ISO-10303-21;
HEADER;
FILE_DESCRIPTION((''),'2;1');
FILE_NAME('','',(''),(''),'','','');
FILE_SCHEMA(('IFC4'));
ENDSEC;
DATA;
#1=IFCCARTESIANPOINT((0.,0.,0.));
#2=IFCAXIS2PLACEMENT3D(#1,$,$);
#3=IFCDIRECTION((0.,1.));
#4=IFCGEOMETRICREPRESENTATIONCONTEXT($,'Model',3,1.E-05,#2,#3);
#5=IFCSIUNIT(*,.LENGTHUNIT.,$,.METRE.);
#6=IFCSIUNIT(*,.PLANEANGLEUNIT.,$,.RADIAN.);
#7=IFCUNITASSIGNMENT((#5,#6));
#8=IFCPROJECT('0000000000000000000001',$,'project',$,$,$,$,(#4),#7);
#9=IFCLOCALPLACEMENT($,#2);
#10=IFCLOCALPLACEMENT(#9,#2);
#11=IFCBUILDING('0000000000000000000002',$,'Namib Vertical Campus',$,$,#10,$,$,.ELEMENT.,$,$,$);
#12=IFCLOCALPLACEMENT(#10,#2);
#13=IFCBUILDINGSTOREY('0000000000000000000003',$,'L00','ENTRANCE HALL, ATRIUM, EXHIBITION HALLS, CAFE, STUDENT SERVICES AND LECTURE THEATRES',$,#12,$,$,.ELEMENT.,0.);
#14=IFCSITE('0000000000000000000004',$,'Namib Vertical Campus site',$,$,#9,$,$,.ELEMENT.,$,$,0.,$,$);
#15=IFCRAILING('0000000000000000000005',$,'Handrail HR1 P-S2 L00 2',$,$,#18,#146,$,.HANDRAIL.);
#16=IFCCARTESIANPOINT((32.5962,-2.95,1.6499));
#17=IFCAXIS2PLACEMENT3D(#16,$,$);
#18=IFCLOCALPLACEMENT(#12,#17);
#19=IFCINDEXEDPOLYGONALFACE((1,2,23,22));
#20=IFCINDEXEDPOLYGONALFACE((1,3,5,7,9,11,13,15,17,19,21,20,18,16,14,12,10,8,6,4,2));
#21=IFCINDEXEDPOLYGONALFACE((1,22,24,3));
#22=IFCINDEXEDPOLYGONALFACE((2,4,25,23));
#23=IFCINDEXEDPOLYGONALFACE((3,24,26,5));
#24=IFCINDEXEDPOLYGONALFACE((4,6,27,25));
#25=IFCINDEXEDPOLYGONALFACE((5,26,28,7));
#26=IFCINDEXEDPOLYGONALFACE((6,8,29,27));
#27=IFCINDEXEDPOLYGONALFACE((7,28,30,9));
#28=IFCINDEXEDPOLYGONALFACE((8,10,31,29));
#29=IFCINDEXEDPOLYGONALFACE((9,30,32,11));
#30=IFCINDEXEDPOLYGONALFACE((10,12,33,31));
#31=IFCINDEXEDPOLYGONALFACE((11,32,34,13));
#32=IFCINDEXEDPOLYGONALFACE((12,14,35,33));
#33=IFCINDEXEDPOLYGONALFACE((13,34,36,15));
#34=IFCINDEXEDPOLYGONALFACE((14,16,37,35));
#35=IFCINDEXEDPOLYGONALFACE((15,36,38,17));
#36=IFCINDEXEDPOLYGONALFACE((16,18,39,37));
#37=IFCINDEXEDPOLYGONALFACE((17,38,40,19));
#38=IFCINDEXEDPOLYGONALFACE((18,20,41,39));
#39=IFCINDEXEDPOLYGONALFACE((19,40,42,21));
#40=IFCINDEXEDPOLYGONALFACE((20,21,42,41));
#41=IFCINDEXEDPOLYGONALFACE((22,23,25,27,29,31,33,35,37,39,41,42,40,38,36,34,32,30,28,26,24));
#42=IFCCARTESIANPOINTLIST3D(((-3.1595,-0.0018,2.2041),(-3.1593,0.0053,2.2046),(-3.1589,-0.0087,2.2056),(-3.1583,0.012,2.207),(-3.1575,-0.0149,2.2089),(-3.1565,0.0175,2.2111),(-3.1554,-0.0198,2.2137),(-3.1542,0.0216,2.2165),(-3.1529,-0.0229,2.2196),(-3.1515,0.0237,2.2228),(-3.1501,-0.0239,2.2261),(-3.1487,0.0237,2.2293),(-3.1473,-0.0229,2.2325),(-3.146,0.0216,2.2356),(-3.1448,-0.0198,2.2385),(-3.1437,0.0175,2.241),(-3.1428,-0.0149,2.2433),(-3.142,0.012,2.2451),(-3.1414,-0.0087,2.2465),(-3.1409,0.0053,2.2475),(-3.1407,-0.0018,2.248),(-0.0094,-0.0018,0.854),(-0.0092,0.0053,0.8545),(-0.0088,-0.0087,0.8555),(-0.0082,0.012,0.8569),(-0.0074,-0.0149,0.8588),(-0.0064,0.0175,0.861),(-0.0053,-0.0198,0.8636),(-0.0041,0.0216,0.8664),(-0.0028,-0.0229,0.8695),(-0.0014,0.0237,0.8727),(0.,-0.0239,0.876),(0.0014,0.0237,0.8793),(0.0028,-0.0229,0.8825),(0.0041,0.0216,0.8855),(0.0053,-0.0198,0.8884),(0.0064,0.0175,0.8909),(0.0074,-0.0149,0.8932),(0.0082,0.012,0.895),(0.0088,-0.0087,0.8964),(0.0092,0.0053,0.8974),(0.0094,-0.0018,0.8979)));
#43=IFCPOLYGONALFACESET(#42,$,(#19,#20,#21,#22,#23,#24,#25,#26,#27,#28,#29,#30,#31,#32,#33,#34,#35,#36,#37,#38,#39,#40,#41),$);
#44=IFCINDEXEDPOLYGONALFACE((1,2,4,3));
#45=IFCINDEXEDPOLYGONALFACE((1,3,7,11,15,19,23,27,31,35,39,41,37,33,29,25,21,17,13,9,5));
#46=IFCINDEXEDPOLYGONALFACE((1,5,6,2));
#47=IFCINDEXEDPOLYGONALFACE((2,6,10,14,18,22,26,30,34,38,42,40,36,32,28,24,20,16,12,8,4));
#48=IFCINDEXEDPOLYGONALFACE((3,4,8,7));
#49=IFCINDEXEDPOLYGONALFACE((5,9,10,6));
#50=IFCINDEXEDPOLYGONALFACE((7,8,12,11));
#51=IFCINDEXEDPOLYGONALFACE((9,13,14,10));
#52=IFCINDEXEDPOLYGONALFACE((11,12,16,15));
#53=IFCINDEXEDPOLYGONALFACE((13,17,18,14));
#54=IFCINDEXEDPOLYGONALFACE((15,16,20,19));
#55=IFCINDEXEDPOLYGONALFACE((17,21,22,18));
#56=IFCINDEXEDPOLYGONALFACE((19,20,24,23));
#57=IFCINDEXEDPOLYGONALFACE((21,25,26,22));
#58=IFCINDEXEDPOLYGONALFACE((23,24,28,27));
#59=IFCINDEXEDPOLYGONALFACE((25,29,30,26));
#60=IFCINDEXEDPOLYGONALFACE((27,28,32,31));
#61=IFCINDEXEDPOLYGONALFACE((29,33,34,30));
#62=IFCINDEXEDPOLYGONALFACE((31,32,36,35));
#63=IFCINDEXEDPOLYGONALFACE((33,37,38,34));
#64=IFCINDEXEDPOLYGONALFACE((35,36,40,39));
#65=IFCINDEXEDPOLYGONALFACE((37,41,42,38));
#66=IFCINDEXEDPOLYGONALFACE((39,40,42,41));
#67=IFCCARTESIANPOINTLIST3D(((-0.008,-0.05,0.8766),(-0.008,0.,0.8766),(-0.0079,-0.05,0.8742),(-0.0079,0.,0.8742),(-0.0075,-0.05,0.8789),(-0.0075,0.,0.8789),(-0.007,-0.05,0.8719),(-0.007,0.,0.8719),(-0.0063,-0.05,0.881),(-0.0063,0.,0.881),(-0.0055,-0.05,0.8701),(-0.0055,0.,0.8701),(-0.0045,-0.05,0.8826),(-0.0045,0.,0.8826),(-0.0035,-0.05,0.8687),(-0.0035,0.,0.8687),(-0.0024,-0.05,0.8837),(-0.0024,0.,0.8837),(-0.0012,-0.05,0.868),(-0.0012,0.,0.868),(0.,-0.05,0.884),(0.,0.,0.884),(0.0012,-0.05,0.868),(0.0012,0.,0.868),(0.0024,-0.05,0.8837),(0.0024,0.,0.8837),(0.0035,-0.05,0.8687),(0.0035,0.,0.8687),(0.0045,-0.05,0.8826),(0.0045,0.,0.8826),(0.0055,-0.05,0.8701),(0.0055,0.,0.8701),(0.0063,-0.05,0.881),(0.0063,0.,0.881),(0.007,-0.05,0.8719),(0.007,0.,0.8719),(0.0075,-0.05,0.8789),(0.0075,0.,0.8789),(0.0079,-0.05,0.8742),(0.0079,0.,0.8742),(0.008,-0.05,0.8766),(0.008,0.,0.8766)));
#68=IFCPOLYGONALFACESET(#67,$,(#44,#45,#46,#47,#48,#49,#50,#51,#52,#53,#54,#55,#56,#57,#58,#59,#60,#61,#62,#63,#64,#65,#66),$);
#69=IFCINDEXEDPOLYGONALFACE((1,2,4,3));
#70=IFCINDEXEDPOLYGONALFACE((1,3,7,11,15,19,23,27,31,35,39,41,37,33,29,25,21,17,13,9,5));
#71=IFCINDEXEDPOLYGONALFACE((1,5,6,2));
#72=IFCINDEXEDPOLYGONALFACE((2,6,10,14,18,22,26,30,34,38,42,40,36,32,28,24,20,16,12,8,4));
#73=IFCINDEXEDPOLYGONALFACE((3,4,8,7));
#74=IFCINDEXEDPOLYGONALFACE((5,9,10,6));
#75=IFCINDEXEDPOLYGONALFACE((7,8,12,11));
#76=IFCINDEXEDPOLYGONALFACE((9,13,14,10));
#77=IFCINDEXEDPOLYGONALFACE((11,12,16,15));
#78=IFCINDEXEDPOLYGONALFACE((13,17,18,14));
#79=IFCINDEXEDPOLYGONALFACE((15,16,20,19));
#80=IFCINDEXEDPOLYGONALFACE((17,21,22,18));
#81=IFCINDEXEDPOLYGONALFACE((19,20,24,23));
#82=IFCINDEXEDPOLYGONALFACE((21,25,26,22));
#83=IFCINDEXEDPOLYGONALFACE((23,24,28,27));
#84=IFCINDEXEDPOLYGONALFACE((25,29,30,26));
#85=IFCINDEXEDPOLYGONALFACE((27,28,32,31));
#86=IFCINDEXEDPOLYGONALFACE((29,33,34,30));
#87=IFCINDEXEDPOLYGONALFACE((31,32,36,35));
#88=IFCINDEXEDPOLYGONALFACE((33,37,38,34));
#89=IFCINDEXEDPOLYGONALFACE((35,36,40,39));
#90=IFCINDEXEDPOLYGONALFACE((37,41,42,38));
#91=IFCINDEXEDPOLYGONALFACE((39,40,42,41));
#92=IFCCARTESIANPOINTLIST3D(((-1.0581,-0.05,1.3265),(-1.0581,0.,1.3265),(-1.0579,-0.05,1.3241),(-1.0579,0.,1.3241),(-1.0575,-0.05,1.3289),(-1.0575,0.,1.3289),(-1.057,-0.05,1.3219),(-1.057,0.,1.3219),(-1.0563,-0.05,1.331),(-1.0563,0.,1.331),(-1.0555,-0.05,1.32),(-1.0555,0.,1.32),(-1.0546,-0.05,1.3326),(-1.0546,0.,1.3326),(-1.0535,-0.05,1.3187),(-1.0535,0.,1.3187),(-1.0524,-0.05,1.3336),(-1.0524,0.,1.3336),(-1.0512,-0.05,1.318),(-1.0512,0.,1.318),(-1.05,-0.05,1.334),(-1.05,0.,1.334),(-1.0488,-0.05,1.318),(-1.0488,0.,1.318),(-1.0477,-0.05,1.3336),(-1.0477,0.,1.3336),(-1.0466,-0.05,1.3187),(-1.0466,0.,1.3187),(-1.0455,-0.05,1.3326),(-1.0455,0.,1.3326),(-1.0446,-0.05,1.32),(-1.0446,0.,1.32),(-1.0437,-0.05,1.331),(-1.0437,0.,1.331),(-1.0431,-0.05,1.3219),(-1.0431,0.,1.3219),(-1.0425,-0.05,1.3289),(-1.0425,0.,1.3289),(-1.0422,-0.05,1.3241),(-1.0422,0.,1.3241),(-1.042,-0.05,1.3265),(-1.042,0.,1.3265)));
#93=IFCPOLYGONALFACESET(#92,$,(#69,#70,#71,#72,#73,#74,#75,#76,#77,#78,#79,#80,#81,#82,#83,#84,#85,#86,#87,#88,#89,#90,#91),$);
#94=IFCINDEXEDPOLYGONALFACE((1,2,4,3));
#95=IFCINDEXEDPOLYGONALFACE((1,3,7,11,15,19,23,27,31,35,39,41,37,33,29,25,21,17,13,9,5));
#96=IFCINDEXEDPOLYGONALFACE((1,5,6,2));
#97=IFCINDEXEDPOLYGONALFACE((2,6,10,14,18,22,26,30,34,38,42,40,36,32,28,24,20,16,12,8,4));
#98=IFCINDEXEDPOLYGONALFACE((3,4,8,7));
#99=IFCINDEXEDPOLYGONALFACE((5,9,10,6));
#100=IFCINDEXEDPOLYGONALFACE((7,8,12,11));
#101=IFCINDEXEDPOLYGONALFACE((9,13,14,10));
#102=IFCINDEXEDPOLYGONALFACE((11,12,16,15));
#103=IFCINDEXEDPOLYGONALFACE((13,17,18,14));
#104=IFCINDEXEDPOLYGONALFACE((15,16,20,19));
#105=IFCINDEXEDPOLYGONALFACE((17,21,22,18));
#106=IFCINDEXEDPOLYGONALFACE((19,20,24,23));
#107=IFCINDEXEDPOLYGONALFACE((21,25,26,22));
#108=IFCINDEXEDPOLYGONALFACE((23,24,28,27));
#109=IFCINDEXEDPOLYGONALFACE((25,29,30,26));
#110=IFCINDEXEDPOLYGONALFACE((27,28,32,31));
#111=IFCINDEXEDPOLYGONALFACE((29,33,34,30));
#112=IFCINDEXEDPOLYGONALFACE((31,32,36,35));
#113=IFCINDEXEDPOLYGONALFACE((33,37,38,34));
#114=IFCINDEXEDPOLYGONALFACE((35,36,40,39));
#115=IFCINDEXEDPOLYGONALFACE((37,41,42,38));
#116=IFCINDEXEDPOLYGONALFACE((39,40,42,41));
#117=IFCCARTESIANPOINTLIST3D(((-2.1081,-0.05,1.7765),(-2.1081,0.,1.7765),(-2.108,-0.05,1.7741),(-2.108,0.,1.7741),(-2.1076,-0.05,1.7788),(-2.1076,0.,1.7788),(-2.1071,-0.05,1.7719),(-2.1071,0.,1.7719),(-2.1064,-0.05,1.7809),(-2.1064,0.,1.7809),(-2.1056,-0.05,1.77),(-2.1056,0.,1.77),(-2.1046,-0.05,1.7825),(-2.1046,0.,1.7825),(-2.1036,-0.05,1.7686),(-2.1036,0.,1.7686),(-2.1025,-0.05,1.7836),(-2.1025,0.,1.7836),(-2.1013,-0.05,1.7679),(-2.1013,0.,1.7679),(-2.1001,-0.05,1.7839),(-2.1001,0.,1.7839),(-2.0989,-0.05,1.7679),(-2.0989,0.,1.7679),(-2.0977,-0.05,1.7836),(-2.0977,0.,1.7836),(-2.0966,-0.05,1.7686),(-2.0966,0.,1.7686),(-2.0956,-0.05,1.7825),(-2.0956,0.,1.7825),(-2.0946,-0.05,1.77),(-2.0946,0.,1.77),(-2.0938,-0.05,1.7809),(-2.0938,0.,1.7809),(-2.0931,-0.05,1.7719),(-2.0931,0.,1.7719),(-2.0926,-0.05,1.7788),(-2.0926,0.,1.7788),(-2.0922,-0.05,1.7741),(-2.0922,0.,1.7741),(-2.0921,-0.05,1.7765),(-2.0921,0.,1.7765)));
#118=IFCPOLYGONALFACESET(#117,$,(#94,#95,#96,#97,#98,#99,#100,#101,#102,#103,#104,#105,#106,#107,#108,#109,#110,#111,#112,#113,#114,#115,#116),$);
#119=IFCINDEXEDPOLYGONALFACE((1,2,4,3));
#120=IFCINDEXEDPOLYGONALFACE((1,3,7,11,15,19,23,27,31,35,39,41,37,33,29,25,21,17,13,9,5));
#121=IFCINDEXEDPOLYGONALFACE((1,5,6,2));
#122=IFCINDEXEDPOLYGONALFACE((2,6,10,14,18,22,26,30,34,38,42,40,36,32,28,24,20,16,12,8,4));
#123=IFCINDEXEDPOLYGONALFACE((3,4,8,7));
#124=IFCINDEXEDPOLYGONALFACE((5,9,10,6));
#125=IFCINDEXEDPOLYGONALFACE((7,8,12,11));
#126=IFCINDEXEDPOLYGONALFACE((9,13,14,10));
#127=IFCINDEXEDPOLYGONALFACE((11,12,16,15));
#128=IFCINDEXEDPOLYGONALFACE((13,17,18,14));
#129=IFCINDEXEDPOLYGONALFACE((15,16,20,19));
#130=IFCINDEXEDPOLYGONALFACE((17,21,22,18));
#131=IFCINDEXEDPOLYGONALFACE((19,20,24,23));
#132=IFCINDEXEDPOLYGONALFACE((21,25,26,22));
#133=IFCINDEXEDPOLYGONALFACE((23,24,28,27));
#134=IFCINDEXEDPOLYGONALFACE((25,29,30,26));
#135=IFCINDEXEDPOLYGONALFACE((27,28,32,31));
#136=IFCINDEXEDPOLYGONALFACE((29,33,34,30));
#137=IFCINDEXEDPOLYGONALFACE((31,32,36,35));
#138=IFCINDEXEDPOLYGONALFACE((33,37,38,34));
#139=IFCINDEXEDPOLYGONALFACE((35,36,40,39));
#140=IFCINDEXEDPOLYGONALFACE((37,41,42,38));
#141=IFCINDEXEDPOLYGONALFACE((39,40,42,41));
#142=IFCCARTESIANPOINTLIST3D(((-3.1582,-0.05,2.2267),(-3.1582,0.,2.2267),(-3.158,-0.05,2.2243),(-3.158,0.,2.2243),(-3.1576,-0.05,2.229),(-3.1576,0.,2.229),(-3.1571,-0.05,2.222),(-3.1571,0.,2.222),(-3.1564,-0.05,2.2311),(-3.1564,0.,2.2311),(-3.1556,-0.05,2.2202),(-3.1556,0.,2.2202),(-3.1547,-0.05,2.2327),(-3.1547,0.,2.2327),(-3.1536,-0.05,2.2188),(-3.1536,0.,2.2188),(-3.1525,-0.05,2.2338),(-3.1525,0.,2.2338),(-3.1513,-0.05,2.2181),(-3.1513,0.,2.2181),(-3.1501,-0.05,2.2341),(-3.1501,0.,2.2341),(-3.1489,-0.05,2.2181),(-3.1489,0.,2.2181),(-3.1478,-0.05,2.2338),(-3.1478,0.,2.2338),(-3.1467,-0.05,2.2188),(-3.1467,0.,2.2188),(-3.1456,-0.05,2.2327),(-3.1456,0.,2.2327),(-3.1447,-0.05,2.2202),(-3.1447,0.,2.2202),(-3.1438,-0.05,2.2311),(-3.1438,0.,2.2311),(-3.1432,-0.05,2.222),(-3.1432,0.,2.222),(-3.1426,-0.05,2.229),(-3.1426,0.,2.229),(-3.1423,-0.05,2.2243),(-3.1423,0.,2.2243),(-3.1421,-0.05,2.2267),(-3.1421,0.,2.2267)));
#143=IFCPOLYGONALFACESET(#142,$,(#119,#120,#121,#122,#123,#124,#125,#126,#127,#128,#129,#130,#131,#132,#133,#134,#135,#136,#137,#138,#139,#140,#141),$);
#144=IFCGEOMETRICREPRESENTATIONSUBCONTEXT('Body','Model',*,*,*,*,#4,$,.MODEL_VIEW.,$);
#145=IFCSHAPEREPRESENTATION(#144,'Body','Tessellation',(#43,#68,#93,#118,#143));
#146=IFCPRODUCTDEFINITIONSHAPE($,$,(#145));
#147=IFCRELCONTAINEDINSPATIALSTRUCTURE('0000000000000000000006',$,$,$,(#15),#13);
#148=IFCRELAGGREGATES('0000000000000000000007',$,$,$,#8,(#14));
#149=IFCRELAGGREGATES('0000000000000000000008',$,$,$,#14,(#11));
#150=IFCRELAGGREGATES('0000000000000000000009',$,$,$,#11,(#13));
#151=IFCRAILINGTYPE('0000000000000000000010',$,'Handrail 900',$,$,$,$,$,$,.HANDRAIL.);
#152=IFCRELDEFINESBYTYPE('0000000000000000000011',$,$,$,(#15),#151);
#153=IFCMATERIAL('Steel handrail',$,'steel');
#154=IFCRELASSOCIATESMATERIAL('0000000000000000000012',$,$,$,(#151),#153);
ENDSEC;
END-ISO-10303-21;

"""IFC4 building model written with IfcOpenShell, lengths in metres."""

from ifc_helpers import new_model, si_unit, direction, frame, origin, origin_2d, place, context, subcontext, project, spatial, circle, extrude, material, type_object, element, save


model = new_model("IFC4")

# Units and contexts
model_context = context("Model", 3, precision=1e-05, world=origin(), true_north=direction((0.0, 1.0)))
body_context = subcontext(model_context, "Body", "Model", "MODEL_VIEW")
ifc_project = project(units=[si_unit("LENGTHUNIT", "METRE"), si_unit("PLANEANGLEUNIT", "RADIAN")], contexts=[model_context])

# Site, building, storey
site_placement = place(None, origin())
site = spatial("IfcSite", under=ifc_project, at=site_placement, Name="Namib Vertical Campus site", CompositionType="ELEMENT", RefElevation=0.0)
building_placement = place(site_placement, origin())
building = spatial("IfcBuilding", under=site, at=building_placement, Name="Namib Vertical Campus", CompositionType="ELEMENT")
storey_placement = place(building_placement, origin())
storey = spatial("IfcBuildingStorey", under=building, at=storey_placement, Name="L00", Description="ENTRANCE HALL, ATRIUM, EXHIBITION HALLS, CAFE, STUDENT SERVICES AND LECTURE THEATRES", CompositionType="ELEMENT", Elevation=0.0)

# Railing
ifc_material_1 = material(Name="Steel handrail", Category="steel")
railing_type_1 = type_object("IfcRailingType", Name="Handrail 900", PredefinedType="HANDRAIL", material=ifc_material_1)
railing_1_placement = place(storey_placement, frame((32.5962, -2.95, 1.6499)))
element("IfcRailing", 1, at=railing_1_placement, inside=storey, type_object=railing_type_1, Name="Handrail HR1 P-S2 L00 2", PredefinedType="HANDRAIL", context=body_context, shape_type="SweptSolid", body=[
    extrude(circle(Radius=0.0239, at=origin_2d()), frame((0.0, 0.0, 0.876), z_axis=(-0.919141, 0.0, 0.393928), x_axis=(0.0, -1.0, 0.0)), (0.0, 0.0, 1.0), 3.4272),
    extrude(circle(Radius=0.0081, at=origin_2d()), frame((0.0, 0.0, 0.876), z_axis=(0.0, -1.0, 0.0), x_axis=(0.0, 0.0, 1.0)), (0.0, 0.0, 1.0), 0.05),
    extrude(circle(Radius=0.0081, at=origin_2d()), frame((-1.05, 0.0, 1.3259), z_axis=(0.0, -1.0, 0.0), x_axis=(0.0, 0.0, 1.0)), (0.0, 0.0, 1.0), 0.05),
    extrude(circle(Radius=0.0081, at=origin_2d()), frame((-2.1001, 0.0, 1.7759), z_axis=(0.0, -1.0, 0.0), x_axis=(0.0, 0.0, 1.0)), (0.0, 0.0, 1.0), 0.05),
    extrude(circle(Radius=0.0081, at=origin_2d()), frame((-3.1501, 0.0, 2.2261), z_axis=(0.0, -1.0, 0.0), x_axis=(0.0, 0.0, 1.0)), (0.0, 0.0, 1.0), 0.05),
])

save(model, "model.ifc")
